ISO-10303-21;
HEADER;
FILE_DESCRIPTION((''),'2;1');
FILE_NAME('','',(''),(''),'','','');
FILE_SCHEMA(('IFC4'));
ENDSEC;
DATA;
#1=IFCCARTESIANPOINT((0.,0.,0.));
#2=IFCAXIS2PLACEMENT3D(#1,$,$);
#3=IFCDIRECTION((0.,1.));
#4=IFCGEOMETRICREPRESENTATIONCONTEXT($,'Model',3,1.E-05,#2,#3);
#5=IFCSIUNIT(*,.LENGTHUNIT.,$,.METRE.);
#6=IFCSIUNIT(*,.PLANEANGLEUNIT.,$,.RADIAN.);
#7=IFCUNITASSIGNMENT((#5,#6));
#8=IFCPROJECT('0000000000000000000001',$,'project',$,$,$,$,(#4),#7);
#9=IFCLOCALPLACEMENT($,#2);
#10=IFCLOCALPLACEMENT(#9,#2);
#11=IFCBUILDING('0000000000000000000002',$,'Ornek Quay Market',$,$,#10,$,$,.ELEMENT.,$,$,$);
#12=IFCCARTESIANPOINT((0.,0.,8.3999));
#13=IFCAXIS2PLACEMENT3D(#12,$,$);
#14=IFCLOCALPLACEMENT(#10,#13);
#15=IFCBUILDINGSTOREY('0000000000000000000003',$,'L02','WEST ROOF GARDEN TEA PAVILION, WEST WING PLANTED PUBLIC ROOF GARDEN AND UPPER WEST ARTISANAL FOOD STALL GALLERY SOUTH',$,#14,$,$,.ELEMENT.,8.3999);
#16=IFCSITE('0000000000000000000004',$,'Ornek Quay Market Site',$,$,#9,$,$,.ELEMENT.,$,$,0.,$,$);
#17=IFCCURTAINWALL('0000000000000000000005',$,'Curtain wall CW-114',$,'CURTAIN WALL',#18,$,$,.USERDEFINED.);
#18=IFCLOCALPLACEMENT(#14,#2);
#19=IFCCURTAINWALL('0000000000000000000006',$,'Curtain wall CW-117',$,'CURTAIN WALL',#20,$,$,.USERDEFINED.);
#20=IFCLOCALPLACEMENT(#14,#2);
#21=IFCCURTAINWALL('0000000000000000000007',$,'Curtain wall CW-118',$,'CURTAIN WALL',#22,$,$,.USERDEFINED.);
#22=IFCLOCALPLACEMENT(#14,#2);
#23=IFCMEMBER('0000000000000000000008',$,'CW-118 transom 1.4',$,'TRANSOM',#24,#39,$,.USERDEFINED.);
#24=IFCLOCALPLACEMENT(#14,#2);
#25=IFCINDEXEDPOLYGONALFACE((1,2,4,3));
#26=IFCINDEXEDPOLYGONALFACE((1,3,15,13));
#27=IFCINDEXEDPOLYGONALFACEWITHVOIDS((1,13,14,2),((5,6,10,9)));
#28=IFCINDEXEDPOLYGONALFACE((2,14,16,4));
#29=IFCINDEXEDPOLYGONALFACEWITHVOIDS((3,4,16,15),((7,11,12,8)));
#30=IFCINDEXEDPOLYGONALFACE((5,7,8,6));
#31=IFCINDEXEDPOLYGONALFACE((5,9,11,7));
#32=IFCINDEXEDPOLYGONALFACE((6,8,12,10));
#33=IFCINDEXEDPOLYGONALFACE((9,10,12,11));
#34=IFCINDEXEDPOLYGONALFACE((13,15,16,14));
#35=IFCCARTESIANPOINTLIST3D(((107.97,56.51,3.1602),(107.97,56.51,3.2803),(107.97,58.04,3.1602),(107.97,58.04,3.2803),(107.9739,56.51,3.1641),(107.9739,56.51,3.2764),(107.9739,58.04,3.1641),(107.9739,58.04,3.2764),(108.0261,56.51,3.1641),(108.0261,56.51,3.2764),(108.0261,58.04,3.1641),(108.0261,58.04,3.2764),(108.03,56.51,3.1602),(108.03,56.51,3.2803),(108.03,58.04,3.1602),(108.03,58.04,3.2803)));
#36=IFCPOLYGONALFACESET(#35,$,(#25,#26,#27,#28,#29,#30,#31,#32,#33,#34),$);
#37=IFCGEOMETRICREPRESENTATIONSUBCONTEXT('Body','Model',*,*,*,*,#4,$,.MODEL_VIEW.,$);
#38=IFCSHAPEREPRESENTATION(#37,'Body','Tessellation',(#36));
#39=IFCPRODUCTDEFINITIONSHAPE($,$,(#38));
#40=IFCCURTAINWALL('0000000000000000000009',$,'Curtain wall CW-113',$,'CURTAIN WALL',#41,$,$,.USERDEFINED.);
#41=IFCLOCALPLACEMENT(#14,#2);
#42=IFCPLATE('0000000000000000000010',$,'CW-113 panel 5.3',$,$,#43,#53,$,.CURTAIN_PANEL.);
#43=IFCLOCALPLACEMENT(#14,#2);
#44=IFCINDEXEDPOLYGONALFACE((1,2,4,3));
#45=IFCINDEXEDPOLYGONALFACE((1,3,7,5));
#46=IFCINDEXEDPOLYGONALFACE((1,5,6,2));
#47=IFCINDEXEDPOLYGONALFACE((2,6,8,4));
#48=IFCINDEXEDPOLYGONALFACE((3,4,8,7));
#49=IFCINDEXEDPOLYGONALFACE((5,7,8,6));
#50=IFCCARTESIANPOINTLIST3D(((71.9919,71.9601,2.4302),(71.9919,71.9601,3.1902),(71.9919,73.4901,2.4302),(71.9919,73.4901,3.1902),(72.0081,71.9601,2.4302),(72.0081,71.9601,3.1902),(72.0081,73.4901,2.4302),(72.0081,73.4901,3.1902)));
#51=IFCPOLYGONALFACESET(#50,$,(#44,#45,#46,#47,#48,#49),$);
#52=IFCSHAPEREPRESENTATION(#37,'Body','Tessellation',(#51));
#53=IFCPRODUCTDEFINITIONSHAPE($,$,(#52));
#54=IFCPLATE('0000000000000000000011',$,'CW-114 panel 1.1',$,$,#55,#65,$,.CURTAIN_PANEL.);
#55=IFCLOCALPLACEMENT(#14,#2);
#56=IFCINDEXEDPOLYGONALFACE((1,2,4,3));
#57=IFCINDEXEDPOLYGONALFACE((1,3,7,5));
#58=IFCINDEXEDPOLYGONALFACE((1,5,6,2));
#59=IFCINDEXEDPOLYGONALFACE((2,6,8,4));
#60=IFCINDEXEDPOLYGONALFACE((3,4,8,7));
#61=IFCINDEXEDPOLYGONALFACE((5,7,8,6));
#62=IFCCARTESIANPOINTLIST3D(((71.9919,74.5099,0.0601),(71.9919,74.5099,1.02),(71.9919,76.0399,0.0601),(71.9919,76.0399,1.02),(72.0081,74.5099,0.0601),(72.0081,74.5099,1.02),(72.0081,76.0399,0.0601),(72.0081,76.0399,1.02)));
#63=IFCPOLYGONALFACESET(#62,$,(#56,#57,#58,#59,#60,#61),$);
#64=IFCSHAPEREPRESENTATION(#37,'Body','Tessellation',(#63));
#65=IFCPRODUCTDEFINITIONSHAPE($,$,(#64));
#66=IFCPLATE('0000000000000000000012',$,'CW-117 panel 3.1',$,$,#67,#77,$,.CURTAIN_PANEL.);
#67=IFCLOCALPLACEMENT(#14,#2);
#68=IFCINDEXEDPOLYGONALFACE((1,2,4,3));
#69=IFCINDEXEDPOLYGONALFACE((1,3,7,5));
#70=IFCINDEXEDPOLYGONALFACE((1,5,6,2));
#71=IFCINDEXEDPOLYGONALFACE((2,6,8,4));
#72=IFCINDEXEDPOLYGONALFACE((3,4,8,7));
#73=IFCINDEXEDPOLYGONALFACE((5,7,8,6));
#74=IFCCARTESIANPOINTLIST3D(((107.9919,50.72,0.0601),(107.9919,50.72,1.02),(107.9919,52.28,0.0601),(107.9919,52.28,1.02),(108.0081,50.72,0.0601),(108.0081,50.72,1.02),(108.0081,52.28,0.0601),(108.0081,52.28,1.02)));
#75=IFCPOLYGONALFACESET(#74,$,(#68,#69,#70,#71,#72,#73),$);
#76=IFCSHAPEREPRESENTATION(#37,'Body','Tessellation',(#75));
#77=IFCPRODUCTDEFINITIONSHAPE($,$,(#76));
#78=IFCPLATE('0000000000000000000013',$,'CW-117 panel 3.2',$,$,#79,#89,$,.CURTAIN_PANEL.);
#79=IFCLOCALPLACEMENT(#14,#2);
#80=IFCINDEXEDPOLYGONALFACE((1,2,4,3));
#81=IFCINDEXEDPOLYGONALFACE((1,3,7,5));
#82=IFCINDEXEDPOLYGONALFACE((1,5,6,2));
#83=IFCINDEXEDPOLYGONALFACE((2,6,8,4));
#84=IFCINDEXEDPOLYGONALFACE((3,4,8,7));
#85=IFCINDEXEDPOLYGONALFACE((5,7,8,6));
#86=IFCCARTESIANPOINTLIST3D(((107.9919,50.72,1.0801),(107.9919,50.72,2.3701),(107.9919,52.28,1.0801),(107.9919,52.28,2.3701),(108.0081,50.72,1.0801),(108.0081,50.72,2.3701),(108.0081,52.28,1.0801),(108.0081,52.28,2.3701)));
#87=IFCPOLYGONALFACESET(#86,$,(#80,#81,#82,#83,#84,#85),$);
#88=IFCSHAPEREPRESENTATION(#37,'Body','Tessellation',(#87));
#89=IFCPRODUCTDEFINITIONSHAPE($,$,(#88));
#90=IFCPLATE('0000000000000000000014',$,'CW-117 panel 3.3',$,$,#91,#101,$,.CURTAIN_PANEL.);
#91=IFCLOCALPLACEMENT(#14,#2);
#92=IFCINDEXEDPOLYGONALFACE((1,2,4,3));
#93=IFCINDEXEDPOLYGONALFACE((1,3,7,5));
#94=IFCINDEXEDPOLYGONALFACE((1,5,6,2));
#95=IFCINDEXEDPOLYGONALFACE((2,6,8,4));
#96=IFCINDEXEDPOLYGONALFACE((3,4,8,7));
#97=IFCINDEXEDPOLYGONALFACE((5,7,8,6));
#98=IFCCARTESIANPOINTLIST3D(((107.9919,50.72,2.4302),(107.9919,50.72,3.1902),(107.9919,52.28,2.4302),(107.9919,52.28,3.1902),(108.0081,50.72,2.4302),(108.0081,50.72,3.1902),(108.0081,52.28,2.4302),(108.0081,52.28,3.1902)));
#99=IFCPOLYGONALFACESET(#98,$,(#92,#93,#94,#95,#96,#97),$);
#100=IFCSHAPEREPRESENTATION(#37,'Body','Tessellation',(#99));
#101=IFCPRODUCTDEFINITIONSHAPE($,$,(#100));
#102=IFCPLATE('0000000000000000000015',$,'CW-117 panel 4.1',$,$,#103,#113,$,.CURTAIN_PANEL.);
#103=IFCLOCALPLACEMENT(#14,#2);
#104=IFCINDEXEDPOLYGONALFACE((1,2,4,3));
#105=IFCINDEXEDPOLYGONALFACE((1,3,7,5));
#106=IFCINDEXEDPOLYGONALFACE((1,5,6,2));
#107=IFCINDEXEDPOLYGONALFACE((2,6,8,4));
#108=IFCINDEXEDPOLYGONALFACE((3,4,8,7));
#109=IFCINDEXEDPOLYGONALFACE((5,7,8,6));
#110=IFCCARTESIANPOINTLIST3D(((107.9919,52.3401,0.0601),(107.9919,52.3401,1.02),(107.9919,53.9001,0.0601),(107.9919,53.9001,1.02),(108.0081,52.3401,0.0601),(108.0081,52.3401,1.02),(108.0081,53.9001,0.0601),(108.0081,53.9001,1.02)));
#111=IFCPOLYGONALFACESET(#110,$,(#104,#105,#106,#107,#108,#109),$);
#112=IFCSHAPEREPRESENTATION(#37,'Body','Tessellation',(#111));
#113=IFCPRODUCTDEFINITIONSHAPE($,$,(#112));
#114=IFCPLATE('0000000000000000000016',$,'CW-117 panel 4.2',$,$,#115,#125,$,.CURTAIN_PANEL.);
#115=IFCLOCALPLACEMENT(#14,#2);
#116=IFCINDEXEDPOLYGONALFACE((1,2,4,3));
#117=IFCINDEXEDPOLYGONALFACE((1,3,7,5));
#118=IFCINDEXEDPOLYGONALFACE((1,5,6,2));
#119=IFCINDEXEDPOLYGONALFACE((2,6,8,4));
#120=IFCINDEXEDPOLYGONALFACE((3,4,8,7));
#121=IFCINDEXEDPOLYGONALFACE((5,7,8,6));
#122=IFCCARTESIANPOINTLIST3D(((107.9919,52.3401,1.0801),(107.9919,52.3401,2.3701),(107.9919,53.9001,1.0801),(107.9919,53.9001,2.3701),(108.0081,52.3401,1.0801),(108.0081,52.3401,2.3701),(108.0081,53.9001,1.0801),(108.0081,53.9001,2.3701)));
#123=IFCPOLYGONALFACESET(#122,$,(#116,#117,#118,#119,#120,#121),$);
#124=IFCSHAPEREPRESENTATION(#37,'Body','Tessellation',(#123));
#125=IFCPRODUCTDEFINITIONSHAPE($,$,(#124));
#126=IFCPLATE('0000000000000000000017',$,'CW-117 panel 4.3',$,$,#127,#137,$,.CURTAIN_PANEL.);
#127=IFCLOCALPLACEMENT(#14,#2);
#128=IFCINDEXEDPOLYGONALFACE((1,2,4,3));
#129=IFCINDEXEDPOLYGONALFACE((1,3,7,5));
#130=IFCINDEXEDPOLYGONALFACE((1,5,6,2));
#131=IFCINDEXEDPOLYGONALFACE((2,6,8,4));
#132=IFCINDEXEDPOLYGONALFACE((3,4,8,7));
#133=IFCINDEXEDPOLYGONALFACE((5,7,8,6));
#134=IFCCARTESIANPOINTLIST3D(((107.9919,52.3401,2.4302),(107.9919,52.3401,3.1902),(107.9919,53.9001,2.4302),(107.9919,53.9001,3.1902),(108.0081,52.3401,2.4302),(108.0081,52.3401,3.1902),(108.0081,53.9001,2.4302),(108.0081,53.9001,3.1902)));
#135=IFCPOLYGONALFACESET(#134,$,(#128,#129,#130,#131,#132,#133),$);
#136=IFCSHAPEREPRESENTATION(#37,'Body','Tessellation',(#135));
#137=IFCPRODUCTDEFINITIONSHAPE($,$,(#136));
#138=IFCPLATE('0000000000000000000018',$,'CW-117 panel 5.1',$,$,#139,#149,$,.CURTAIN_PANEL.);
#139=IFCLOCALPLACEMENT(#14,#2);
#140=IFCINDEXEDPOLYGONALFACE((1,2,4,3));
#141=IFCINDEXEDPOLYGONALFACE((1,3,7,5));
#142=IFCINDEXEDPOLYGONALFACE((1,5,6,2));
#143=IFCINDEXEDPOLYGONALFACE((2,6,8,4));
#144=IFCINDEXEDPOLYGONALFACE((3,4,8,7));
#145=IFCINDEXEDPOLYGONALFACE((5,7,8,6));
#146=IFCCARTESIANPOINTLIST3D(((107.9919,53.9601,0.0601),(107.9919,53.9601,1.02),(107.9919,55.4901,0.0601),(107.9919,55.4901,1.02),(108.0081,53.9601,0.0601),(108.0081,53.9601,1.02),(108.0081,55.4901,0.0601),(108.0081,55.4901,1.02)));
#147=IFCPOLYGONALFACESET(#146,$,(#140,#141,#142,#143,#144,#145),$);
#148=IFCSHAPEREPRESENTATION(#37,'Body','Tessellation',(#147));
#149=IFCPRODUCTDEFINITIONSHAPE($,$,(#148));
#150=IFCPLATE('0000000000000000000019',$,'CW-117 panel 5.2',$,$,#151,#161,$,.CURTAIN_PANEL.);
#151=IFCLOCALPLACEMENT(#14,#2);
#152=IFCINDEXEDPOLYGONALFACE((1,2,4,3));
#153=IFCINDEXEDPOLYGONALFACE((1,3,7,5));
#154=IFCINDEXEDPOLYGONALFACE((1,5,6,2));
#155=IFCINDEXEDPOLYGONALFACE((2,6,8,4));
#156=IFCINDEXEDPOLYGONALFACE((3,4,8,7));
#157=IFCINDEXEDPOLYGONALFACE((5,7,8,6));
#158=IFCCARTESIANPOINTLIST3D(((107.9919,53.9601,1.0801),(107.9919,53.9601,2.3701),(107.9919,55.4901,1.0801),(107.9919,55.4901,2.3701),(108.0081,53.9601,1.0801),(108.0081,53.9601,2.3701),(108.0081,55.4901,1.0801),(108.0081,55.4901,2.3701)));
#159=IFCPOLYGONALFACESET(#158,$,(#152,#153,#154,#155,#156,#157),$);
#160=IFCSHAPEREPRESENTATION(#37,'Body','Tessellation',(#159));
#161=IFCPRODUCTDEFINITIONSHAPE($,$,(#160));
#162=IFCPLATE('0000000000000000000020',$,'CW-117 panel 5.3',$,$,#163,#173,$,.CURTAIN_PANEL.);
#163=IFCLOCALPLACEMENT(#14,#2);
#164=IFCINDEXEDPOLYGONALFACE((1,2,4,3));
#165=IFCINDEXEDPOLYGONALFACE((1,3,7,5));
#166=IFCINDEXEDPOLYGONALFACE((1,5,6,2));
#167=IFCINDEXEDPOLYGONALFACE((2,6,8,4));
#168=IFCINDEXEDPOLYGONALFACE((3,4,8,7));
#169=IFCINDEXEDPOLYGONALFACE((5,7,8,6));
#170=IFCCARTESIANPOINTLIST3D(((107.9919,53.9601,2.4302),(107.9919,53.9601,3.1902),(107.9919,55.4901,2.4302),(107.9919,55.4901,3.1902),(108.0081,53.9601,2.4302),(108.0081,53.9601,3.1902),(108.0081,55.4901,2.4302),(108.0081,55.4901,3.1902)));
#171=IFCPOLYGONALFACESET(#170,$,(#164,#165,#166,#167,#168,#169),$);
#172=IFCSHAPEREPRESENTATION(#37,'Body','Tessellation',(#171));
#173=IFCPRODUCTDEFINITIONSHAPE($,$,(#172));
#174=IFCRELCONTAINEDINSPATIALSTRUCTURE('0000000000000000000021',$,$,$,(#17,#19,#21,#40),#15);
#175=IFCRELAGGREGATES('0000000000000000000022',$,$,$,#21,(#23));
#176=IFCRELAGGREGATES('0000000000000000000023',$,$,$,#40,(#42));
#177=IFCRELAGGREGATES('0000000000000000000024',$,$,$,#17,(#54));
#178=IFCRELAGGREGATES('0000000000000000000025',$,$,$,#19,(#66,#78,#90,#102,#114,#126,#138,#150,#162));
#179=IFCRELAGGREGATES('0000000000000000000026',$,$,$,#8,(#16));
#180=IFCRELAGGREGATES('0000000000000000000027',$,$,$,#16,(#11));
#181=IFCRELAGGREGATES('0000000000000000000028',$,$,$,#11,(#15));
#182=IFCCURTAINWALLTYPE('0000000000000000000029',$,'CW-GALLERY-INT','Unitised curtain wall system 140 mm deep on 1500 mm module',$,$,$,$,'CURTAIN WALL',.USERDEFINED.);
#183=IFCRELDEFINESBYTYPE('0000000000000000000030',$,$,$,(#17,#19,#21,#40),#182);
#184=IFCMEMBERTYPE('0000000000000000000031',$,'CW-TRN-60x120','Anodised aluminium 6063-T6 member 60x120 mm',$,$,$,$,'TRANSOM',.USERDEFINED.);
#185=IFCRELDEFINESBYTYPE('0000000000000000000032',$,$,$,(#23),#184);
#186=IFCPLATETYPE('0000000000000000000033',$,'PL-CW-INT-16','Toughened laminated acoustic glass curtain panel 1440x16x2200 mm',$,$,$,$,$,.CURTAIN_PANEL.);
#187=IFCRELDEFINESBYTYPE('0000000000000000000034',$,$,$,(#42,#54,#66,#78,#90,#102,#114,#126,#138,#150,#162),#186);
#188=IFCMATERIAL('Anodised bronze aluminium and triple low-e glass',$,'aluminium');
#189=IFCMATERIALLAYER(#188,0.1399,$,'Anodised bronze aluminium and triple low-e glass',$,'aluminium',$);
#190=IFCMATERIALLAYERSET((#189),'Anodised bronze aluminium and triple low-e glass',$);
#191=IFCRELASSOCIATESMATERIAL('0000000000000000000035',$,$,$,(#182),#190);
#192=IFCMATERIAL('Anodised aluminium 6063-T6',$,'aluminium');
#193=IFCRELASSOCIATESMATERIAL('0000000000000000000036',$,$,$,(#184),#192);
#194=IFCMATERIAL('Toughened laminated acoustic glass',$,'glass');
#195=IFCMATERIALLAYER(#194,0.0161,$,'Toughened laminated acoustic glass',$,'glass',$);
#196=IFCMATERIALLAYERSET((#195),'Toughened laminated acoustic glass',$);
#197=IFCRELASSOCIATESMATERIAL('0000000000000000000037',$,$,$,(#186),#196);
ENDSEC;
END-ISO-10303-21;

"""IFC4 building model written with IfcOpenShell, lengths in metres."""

from ifc_helpers import new_model, si_unit, direction, frame, origin, origin_2d, place, context, subcontext, project, spatial, rectangle, hollow_rectangle, extrude, material, layer, layer_set, material_profile, profile_set, type_object, element, aggregate, save


model = new_model("IFC4")

# Units and contexts
model_context = context("Model", 3, precision=1e-05, world=origin(), true_north=direction((0.0, 1.0)))
body_context = subcontext(model_context, "Body", "Model", "MODEL_VIEW")
ifc_project = project(units=[si_unit("LENGTHUNIT", "METRE"), si_unit("PLANEANGLEUNIT", "RADIAN")], contexts=[model_context])

# Site, building, storey
site_placement = place(None, origin())
site = spatial("IfcSite", under=ifc_project, at=site_placement, Name="Ornek Quay Market Site", CompositionType="ELEMENT", RefElevation=0.0)
building_placement = place(site_placement, origin())
building = spatial("IfcBuilding", under=site, at=building_placement, Name="Ornek Quay Market", CompositionType="ELEMENT")
storey_placement = place(building_placement, frame((0.0, 0.0, 8.3999)))
storey = spatial("IfcBuildingStorey", under=building, at=storey_placement, Name="L02", Description="WEST ROOF GARDEN TEA PAVILION, WEST WING PLANTED PUBLIC ROOF GARDEN AND UPPER WEST ARTISANAL FOOD STALL GALLERY SOUTH", CompositionType="ELEMENT", Elevation=8.3999)

# Curtain wall
ifc_material_1 = material(Name="Anodised bronze aluminium and triple low-e glass", Category="aluminium")
ifc_layer_1 = layer(ifc_material_1, 0.1399, Name="Anodised bronze aluminium and triple low-e glass", Category="aluminium")
ifc_layer_set_1 = layer_set([ifc_layer_1], Name="Anodised bronze aluminium and triple low-e glass")
curtain_wall_type = type_object("IfcCurtainWallType", Name="CW-GALLERY-INT", Description="Unitised curtain wall system 140 mm deep on 1500 mm module", ElementType="CURTAIN WALL", PredefinedType="USERDEFINED", material=ifc_layer_set_1)
curtain_wall_1_placement = place(storey_placement, origin())
curtain_wall_1 = element("IfcCurtainWall", 1, at=curtain_wall_1_placement, inside=storey, type_object=curtain_wall_type, Name="Curtain wall CW-114", ObjectType="CURTAIN WALL", PredefinedType="USERDEFINED")
ifc_material_2 = material(Name="Anodised aluminium 6063-T6", Category="aluminium")

# Curtain wall
curtain_wall_2_placement = place(storey_placement, origin())
curtain_wall_2 = element("IfcCurtainWall", 2, at=curtain_wall_2_placement, inside=storey, type_object=curtain_wall_type, Name="Curtain wall CW-117", ObjectType="CURTAIN WALL", PredefinedType="USERDEFINED")

# Curtain wall
curtain_wall_3_placement = place(storey_placement, origin())
curtain_wall_3 = element("IfcCurtainWall", 3, at=curtain_wall_3_placement, inside=storey, type_object=curtain_wall_type, Name="Curtain wall CW-118", ObjectType="CURTAIN WALL", PredefinedType="USERDEFINED")

# Member
ifc_material_profile_1 = material_profile(ifc_material_2, hollow_rectangle(XDim=0.0601, YDim=0.1201, WallThickness=0.0039, at=origin_2d()), Name="CW-TRN-60x120", Category="aluminium")
ifc_profile_set_1 = profile_set([ifc_material_profile_1], Name="Anodised aluminium 6063-T6")
member_type_1 = type_object("IfcMemberType", Name="CW-TRN-60x120", Description="Anodised aluminium 6063-T6 member 60x120 mm", ElementType="TRANSOM", PredefinedType="USERDEFINED", material=ifc_profile_set_1)
member_1_placement = place(storey_placement, frame((108.0, 56.51, 3.2202), z_axis=(0.0, 1.0, 0.0), x_axis=(-1.0, 0.0, 0.0)))
member_1 = element("IfcMember", 4, at=member_1_placement, type_object=member_type_1, Name="CW-118 transom 1.4", ObjectType="TRANSOM", PredefinedType="USERDEFINED", context=body_context, shape_type="SweptSolid", body=[
    extrude(hollow_rectangle(XDim=0.0601, YDim=0.1201, WallThickness=0.0039, at=origin_2d()), origin(), (0.0, 0.0, 1.0), 1.53),
])
aggregate(curtain_wall_3, [member_1])

# Curtain wall, plate
curtain_wall_4_placement = place(storey_placement, origin())
curtain_wall_4 = element("IfcCurtainWall", 5, at=curtain_wall_4_placement, inside=storey, type_object=curtain_wall_type, Name="Curtain wall CW-113", ObjectType="CURTAIN WALL", PredefinedType="USERDEFINED")
ifc_material_3 = material(Name="Toughened laminated acoustic glass", Category="glass")
ifc_layer_2 = layer(ifc_material_3, 0.0161, Name="Toughened laminated acoustic glass", Category="glass")
ifc_layer_set_2 = layer_set([ifc_layer_2], Name="Toughened laminated acoustic glass")
plate_type = type_object("IfcPlateType", Name="PL-CW-INT-16", Description="Toughened laminated acoustic glass curtain panel 1440x16x2200 mm", PredefinedType="CURTAIN_PANEL", material=ifc_layer_set_2)
plate_1_placement = place(storey_placement, frame((72.0, 72.7251, 2.4302), z_axis=(0.0, 0.0, 1.0), x_axis=(0.0, 1.0, 0.0)))
plate_1 = element("IfcPlate", 6, at=plate_1_placement, type_object=plate_type, Name="CW-113 panel 5.3", PredefinedType="CURTAIN_PANEL", context=body_context, shape_type="SweptSolid", body=[
    extrude(rectangle(XDim=1.53, YDim=0.0161, at=origin_2d()), origin(), (0.0, 0.0, 1.0), 0.76),
])
aggregate(curtain_wall_4, [plate_1])

# Plates
plate_2_placement = place(storey_placement, frame((72.0, 75.2749, 0.0601), z_axis=(0.0, 0.0, 1.0), x_axis=(0.0, 1.0, 0.0)))
plate_2 = element("IfcPlate", 7, at=plate_2_placement, type_object=plate_type, Name="CW-114 panel 1.1", PredefinedType="CURTAIN_PANEL", context=body_context, shape_type="SweptSolid", body=[
    extrude(rectangle(XDim=1.53, YDim=0.0161, at=origin_2d()), origin(), (0.0, 0.0, 1.0), 0.96),
])
aggregate(curtain_wall_1, [plate_2])
plate_3_placement = place(storey_placement, frame((108.0, 51.5, 0.0601), z_axis=(0.0, 0.0, 1.0), x_axis=(0.0, 1.0, 0.0)))
plate_3 = element("IfcPlate", 8, at=plate_3_placement, type_object=plate_type, Name="CW-117 panel 3.1", PredefinedType="CURTAIN_PANEL", context=body_context, shape_type="SweptSolid", body=[
    extrude(rectangle(XDim=1.5601, YDim=0.0161, at=origin_2d()), origin(), (0.0, 0.0, 1.0), 0.96),
])
plate_4_placement = place(storey_placement, frame((108.0, 51.5, 1.0801), z_axis=(0.0, 0.0, 1.0), x_axis=(0.0, 1.0, 0.0)))
plate_4 = element("IfcPlate", 9, at=plate_4_placement, type_object=plate_type, Name="CW-117 panel 3.2", PredefinedType="CURTAIN_PANEL", context=body_context, shape_type="SweptSolid", body=[
    extrude(rectangle(XDim=1.5601, YDim=0.0161, at=origin_2d()), origin(), (0.0, 0.0, 1.0), 1.29),
])
plate_5_placement = place(storey_placement, frame((108.0, 51.5, 2.4302), z_axis=(0.0, 0.0, 1.0), x_axis=(0.0, 1.0, 0.0)))
plate_5 = element("IfcPlate", 10, at=plate_5_placement, type_object=plate_type, Name="CW-117 panel 3.3", PredefinedType="CURTAIN_PANEL", context=body_context, shape_type="SweptSolid", body=[
    extrude(rectangle(XDim=1.5601, YDim=0.0161, at=origin_2d()), origin(), (0.0, 0.0, 1.0), 0.76),
])
plate_6_placement = place(storey_placement, frame((108.0, 53.1201, 0.0601), z_axis=(0.0, 0.0, 1.0), x_axis=(0.0, 1.0, 0.0)))
plate_6 = element("IfcPlate", 11, at=plate_6_placement, type_object=plate_type, Name="CW-117 panel 4.1", PredefinedType="CURTAIN_PANEL", context=body_context, shape_type="SweptSolid", body=[
    extrude(rectangle(XDim=1.5601, YDim=0.0161, at=origin_2d()), origin(), (0.0, 0.0, 1.0), 0.96),
])
plate_7_placement = place(storey_placement, frame((108.0, 53.1201, 1.0801), z_axis=(0.0, 0.0, 1.0), x_axis=(0.0, 1.0, 0.0)))
plate_7 = element("IfcPlate", 12, at=plate_7_placement, type_object=plate_type, Name="CW-117 panel 4.2", PredefinedType="CURTAIN_PANEL", context=body_context, shape_type="SweptSolid", body=[
    extrude(rectangle(XDim=1.5601, YDim=0.0161, at=origin_2d()), origin(), (0.0, 0.0, 1.0), 1.29),
])
plate_8_placement = place(storey_placement, frame((108.0, 53.1201, 2.4302), z_axis=(0.0, 0.0, 1.0), x_axis=(0.0, 1.0, 0.0)))
plate_8 = element("IfcPlate", 13, at=plate_8_placement, type_object=plate_type, Name="CW-117 panel 4.3", PredefinedType="CURTAIN_PANEL", context=body_context, shape_type="SweptSolid", body=[
    extrude(rectangle(XDim=1.5601, YDim=0.0161, at=origin_2d()), origin(), (0.0, 0.0, 1.0), 0.76),
])
plate_9_placement = place(storey_placement, frame((108.0, 54.7251, 0.0601), z_axis=(0.0, 0.0, 1.0), x_axis=(0.0, 1.0, 0.0)))
plate_9 = element("IfcPlate", 14, at=plate_9_placement, type_object=plate_type, Name="CW-117 panel 5.1", PredefinedType="CURTAIN_PANEL", context=body_context, shape_type="SweptSolid", body=[
    extrude(rectangle(XDim=1.53, YDim=0.0161, at=origin_2d()), origin(), (0.0, 0.0, 1.0), 0.96),
])
plate_10_placement = place(storey_placement, frame((108.0, 54.7251, 1.0801), z_axis=(0.0, 0.0, 1.0), x_axis=(0.0, 1.0, 0.0)))
plate_10 = element("IfcPlate", 15, at=plate_10_placement, type_object=plate_type, Name="CW-117 panel 5.2", PredefinedType="CURTAIN_PANEL", context=body_context, shape_type="SweptSolid", body=[
    extrude(rectangle(XDim=1.53, YDim=0.0161, at=origin_2d()), origin(), (0.0, 0.0, 1.0), 1.29),
])
plate_11_placement = place(storey_placement, frame((108.0, 54.7251, 2.4302), z_axis=(0.0, 0.0, 1.0), x_axis=(0.0, 1.0, 0.0)))
plate_11 = element("IfcPlate", 16, at=plate_11_placement, type_object=plate_type, Name="CW-117 panel 5.3", PredefinedType="CURTAIN_PANEL", context=body_context, shape_type="SweptSolid", body=[
    extrude(rectangle(XDim=1.53, YDim=0.0161, at=origin_2d()), origin(), (0.0, 0.0, 1.0), 0.76),
])
aggregate(curtain_wall_2, [plate_3, plate_4, plate_5, plate_6, plate_7, plate_8, plate_9, plate_10, plate_11])

save(model, "model.ifc")
